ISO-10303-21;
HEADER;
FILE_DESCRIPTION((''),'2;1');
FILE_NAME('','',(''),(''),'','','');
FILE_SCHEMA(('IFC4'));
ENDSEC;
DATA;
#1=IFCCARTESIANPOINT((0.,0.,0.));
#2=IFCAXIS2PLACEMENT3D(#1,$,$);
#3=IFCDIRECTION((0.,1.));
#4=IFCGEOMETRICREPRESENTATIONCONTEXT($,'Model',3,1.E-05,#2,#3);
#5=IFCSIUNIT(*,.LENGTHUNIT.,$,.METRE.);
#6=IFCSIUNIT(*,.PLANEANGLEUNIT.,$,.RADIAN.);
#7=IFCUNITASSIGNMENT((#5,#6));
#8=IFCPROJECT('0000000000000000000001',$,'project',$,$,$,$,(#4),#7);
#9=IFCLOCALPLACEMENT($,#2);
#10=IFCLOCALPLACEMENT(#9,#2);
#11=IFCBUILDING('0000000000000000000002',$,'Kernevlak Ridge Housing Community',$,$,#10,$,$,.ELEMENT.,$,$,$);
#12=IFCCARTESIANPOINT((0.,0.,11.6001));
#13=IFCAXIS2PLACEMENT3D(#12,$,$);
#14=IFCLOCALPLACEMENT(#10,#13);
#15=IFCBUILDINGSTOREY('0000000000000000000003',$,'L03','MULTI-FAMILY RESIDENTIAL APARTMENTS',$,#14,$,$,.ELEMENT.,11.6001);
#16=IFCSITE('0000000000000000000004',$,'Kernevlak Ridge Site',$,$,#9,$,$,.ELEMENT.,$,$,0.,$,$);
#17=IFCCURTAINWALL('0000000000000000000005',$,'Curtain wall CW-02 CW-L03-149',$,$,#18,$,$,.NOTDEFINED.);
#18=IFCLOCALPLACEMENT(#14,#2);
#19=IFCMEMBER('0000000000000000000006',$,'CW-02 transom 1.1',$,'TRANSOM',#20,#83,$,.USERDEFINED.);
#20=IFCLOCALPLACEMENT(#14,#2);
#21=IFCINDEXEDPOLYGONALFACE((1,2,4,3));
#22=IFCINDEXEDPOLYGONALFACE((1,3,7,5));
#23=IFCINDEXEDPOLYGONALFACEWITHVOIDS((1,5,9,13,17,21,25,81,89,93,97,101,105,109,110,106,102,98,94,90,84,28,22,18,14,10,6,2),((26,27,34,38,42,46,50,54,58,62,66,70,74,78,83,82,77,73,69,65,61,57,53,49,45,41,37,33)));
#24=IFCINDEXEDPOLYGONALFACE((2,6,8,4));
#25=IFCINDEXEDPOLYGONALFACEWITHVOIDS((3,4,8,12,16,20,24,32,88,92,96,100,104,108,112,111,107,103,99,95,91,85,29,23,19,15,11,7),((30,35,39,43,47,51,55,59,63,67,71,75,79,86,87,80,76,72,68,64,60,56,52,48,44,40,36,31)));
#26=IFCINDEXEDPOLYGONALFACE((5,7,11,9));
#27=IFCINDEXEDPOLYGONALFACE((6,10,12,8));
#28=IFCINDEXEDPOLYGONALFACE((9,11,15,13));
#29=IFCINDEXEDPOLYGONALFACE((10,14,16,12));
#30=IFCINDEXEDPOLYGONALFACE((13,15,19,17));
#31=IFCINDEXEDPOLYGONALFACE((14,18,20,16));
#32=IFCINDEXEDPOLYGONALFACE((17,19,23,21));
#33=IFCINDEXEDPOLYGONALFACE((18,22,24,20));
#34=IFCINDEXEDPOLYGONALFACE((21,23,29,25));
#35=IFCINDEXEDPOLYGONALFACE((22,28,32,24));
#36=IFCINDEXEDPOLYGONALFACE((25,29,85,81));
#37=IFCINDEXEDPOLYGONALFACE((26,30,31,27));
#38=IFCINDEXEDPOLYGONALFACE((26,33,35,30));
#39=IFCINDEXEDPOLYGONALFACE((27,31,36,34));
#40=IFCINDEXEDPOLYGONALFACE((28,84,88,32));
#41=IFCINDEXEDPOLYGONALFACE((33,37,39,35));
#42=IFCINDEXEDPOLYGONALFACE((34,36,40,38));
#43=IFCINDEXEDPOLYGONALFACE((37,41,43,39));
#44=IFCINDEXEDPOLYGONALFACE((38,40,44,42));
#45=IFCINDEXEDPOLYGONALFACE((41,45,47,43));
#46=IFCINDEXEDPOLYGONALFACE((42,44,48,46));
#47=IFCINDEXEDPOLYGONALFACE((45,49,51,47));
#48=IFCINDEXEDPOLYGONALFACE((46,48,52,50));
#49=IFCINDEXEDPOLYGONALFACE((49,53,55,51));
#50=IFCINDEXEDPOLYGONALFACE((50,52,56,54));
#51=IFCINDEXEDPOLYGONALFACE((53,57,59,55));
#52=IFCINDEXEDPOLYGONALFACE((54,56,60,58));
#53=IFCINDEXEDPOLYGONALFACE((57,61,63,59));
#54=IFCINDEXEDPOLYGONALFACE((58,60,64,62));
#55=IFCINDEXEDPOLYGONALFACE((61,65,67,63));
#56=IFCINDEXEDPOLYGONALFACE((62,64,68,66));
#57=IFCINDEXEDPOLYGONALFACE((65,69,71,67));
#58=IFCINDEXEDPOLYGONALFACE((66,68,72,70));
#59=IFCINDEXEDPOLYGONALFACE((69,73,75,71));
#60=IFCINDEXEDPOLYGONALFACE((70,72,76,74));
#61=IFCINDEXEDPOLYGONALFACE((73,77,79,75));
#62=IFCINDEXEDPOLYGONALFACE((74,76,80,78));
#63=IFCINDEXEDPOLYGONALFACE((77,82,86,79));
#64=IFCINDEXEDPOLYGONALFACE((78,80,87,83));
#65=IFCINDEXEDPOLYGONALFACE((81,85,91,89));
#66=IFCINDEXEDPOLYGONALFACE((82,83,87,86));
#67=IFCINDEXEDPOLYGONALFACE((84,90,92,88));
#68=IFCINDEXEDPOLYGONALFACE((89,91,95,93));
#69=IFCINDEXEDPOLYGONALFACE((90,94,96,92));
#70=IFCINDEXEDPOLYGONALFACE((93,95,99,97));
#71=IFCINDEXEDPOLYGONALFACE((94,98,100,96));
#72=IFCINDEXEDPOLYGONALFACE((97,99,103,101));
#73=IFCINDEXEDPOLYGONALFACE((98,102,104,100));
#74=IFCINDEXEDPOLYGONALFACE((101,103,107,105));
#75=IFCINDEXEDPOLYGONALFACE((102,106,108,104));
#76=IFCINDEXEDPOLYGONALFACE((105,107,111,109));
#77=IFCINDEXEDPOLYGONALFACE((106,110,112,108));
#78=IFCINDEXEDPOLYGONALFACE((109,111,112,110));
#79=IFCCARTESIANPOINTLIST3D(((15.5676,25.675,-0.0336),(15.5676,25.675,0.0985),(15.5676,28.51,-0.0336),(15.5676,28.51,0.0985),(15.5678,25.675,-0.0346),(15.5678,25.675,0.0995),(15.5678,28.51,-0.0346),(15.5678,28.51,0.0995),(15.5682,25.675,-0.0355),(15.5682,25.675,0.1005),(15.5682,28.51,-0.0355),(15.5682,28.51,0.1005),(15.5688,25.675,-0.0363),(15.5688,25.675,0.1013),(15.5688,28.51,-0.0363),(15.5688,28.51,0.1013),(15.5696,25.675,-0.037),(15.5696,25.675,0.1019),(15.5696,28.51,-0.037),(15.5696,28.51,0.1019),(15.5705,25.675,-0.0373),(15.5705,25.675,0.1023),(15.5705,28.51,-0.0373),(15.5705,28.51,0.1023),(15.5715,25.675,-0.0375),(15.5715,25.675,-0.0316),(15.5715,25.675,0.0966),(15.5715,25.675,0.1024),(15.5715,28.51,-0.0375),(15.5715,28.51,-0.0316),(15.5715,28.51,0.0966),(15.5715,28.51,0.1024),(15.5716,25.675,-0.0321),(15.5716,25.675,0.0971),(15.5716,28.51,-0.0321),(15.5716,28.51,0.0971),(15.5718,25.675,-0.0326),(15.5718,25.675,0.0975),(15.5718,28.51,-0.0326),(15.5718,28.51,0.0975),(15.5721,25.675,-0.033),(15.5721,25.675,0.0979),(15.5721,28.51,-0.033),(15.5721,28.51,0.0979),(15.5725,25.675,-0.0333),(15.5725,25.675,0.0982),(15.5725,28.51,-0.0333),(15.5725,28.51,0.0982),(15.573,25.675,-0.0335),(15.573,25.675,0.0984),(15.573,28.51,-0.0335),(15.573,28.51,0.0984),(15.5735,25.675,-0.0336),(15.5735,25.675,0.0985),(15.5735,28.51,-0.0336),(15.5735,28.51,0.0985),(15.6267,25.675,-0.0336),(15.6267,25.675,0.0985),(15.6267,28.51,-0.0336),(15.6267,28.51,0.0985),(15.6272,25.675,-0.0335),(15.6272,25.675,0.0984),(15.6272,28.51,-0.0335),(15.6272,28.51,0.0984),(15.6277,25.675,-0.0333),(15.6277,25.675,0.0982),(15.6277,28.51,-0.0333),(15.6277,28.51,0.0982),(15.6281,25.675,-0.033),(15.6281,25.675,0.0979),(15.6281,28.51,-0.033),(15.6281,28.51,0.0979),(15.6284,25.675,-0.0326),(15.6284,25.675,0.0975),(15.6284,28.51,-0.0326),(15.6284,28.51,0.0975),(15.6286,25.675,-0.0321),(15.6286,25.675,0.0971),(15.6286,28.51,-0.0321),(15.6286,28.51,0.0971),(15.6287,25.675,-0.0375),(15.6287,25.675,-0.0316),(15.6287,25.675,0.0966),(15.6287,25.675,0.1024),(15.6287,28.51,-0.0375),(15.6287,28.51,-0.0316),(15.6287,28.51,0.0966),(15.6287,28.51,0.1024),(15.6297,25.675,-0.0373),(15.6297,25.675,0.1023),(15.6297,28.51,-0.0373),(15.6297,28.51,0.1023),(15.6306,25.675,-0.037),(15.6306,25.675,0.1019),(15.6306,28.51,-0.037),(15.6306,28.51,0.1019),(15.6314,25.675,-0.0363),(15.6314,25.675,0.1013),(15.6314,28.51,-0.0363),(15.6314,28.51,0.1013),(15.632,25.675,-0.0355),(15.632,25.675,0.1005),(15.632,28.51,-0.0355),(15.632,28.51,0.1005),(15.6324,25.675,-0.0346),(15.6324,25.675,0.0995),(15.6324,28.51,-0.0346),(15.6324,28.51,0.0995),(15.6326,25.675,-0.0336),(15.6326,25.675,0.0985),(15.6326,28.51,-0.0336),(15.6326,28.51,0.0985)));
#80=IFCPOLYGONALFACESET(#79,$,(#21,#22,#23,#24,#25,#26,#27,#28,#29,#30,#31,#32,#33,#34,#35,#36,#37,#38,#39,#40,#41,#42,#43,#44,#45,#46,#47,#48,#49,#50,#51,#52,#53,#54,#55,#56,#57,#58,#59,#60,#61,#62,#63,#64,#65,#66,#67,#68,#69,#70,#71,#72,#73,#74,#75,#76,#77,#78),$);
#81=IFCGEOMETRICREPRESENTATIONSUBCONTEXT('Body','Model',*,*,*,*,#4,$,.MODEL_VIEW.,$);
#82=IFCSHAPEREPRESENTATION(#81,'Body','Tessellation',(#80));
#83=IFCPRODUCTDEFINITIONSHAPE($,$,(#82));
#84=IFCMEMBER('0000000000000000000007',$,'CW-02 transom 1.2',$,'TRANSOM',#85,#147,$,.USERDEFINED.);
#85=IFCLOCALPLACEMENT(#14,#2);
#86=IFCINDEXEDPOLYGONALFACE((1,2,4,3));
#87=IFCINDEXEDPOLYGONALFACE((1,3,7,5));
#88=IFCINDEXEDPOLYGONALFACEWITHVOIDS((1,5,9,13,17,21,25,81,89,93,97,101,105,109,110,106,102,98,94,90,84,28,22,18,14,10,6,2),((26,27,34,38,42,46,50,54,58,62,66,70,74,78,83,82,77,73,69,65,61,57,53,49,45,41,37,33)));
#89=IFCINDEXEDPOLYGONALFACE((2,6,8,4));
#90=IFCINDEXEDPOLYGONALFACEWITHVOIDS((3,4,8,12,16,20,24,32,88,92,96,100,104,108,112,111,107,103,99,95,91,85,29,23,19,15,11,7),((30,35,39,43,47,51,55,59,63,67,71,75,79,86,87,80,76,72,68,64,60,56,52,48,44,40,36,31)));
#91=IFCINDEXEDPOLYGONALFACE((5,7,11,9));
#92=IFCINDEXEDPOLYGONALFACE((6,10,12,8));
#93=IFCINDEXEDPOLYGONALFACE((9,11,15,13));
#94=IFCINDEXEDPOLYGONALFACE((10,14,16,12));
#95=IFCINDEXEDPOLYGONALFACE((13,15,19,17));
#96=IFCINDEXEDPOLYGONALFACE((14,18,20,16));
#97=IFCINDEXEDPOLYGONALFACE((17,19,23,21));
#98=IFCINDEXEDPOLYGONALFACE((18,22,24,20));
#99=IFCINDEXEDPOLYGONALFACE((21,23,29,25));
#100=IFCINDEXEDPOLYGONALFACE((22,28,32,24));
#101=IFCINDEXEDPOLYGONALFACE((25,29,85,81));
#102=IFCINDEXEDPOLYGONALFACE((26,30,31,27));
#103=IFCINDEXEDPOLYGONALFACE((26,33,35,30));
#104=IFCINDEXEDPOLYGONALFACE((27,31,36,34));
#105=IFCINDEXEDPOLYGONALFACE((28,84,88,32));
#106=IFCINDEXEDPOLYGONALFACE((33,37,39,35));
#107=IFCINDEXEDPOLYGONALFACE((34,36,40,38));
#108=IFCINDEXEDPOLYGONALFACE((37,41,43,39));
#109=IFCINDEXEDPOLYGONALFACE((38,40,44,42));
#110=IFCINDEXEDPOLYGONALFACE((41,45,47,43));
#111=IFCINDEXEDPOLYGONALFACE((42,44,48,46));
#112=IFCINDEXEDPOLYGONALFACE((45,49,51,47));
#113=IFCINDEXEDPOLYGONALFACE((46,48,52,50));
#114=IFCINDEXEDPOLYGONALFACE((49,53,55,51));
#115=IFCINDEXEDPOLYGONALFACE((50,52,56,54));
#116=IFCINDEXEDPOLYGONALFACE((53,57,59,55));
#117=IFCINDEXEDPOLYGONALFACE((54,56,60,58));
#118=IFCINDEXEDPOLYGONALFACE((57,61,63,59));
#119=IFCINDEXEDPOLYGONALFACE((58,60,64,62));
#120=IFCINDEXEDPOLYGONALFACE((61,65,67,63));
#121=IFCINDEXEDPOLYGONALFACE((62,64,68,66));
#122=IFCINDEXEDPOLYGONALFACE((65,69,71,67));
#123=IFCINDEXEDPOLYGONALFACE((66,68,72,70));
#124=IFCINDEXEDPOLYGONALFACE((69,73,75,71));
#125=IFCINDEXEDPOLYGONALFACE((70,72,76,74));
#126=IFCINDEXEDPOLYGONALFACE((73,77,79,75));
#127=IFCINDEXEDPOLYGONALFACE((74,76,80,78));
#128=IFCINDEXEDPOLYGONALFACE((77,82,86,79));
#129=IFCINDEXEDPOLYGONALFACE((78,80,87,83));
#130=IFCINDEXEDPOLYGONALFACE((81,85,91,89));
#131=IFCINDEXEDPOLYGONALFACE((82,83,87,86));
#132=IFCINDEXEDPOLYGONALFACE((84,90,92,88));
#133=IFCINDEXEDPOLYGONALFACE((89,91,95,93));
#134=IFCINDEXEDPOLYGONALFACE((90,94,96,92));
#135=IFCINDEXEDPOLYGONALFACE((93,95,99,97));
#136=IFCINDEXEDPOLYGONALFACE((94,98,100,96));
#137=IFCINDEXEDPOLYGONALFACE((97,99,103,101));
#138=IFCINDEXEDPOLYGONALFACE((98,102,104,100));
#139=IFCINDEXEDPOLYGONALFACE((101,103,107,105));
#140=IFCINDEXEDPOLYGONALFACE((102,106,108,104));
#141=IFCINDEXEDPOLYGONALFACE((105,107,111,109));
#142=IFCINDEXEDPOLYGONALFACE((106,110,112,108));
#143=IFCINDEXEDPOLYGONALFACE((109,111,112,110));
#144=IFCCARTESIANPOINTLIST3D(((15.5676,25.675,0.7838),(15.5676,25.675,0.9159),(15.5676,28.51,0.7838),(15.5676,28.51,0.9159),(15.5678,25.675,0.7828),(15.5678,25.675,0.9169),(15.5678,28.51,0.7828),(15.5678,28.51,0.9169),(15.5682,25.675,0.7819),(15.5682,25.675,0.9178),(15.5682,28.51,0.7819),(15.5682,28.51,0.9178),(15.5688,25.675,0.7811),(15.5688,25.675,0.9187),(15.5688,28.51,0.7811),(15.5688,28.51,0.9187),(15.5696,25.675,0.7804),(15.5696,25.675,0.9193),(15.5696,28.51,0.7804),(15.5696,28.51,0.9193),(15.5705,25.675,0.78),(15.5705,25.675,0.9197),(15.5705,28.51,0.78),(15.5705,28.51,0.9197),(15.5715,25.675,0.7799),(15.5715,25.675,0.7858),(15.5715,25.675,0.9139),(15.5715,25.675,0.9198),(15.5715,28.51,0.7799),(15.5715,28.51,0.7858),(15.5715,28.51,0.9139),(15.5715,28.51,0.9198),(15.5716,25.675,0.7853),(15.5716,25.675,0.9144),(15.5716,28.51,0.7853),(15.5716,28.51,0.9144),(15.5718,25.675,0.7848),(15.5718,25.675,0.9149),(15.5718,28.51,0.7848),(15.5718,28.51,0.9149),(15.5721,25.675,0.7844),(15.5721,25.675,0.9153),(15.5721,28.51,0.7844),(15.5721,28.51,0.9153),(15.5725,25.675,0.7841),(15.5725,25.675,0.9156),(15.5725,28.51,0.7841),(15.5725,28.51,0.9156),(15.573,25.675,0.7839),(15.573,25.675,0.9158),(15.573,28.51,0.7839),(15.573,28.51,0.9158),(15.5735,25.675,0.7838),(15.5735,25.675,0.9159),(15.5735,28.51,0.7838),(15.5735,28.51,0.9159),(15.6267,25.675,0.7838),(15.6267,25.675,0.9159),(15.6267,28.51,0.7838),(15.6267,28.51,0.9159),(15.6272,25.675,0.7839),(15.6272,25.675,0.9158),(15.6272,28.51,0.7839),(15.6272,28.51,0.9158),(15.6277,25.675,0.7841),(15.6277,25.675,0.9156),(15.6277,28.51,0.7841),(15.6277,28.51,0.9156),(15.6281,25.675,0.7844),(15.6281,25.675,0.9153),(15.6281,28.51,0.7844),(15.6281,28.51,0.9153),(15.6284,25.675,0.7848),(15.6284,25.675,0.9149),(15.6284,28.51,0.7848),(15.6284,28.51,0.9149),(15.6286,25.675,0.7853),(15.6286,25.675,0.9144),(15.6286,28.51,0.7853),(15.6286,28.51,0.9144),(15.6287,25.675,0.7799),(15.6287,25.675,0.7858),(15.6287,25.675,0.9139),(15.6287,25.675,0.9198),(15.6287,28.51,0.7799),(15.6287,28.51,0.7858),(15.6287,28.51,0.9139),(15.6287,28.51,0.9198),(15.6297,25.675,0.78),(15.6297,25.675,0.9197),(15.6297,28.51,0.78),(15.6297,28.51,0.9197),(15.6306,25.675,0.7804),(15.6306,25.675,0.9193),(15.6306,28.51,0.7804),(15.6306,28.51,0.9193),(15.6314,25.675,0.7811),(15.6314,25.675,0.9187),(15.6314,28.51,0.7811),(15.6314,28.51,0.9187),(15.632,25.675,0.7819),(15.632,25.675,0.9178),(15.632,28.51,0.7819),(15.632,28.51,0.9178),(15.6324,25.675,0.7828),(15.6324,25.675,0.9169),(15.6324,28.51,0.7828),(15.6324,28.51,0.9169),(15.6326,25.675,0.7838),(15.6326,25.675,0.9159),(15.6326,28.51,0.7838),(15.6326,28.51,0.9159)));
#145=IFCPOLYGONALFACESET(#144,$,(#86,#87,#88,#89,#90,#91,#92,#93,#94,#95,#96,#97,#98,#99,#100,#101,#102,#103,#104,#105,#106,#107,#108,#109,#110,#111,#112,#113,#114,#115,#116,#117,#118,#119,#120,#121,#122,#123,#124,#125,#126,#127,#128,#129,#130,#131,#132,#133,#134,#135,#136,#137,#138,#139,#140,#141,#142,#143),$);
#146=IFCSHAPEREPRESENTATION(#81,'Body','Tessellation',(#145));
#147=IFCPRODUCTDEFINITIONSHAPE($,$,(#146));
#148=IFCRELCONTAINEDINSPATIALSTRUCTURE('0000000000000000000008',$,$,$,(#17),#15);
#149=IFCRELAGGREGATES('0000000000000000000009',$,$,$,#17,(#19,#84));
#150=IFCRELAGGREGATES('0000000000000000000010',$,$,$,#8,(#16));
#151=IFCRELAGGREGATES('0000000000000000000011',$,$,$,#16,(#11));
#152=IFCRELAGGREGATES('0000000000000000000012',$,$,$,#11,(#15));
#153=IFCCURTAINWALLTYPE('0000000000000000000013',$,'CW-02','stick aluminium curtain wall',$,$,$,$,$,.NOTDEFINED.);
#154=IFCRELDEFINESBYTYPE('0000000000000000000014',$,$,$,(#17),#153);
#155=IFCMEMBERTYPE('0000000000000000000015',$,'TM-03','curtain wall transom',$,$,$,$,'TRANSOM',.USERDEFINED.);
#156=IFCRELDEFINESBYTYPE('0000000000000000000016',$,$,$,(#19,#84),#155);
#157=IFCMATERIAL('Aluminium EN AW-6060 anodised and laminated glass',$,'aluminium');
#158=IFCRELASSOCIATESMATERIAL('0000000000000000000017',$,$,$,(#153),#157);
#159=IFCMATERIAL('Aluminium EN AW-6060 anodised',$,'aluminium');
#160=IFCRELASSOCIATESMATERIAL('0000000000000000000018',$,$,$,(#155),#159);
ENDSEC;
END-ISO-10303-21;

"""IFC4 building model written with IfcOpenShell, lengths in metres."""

from ifc_helpers import new_model, si_unit, direction, frame, origin, origin_2d, place, context, subcontext, project, spatial, hollow_rectangle, extrude, material, material_profile, profile_set, type_object, element, aggregate, save


model = new_model("IFC4")

# Units and contexts
model_context = context("Model", 3, precision=1e-05, world=origin(), true_north=direction((0.0, 1.0)))
body_context = subcontext(model_context, "Body", "Model", "MODEL_VIEW")
ifc_project = project(units=[si_unit("LENGTHUNIT", "METRE"), si_unit("PLANEANGLEUNIT", "RADIAN")], contexts=[model_context])

# Site, building, storey
site_placement = place(None, origin())
site = spatial("IfcSite", under=ifc_project, at=site_placement, Name="Kernevlak Ridge Site", CompositionType="ELEMENT", RefElevation=0.0)
building_placement = place(site_placement, origin())
building = spatial("IfcBuilding", under=site, at=building_placement, Name="Kernevlak Ridge Housing Community", CompositionType="ELEMENT")
storey_placement = place(building_placement, frame((0.0, 0.0, 11.6001)))
storey = spatial("IfcBuildingStorey", under=building, at=storey_placement, Name="L03", Description="MULTI-FAMILY RESIDENTIAL APARTMENTS", CompositionType="ELEMENT", Elevation=11.6001)

# Shared definitions
ifc_material_1 = material(Name="Aluminium EN AW-6060 anodised and laminated glass", Category="aluminium")
ifc_material_2 = material(Name="Aluminium EN AW-6060 anodised", Category="aluminium")

# Curtain wall
curtain_wall_type_1 = type_object("IfcCurtainWallType", Name="CW-02", Description="stick aluminium curtain wall", PredefinedType="NOTDEFINED", material=ifc_material_1)
curtain_wall_1_placement = place(storey_placement, origin())
curtain_wall_1 = element("IfcCurtainWall", 1, at=curtain_wall_1_placement, inside=storey, type_object=curtain_wall_type_1, Name="Curtain wall CW-02 CW-L03-149", PredefinedType="NOTDEFINED")

# Members
ifc_material_profile_1 = material_profile(ifc_material_2, hollow_rectangle(XDim=0.0649, YDim=0.1399, WallThickness=0.0039, InnerFilletRadius=0.002, OuterFilletRadius=0.0039, at=origin_2d()), Name="ALU 65x140x4")
ifc_profile_set_1 = profile_set([ifc_material_profile_1], Name="Aluminium EN AW-6060 anodised")
member_type_1 = type_object("IfcMemberType", Name="TM-03", Description="curtain wall transom", ElementType="TRANSOM", PredefinedType="USERDEFINED", material=ifc_profile_set_1)
member_1_placement = place(storey_placement, frame((15.6001, 25.675, 0.0325), z_axis=(0.0, 1.0, 0.0), x_axis=(-1.0, 0.0, 0.0)))
member_1 = element("IfcMember", 2, at=member_1_placement, type_object=member_type_1, Name="CW-02 transom 1.1", ObjectType="TRANSOM", PredefinedType="USERDEFINED", context=body_context, shape_type="SweptSolid", body=[
    extrude(hollow_rectangle(XDim=0.0649, YDim=0.1399, WallThickness=0.0039, InnerFilletRadius=0.002, OuterFilletRadius=0.0039, at=origin_2d()), origin(), (0.0, 0.0, 1.0), 2.835),
])
member_2_placement = place(storey_placement, frame((15.6001, 25.675, 0.8499), z_axis=(0.0, 1.0, 0.0), x_axis=(-1.0, 0.0, 0.0)))
member_2 = element("IfcMember", 3, at=member_2_placement, type_object=member_type_1, Name="CW-02 transom 1.2", ObjectType="TRANSOM", PredefinedType="USERDEFINED", context=body_context, shape_type="SweptSolid", body=[
    extrude(hollow_rectangle(XDim=0.0649, YDim=0.1399, WallThickness=0.0039, InnerFilletRadius=0.002, OuterFilletRadius=0.0039, at=origin_2d()), origin(), (0.0, 0.0, 1.0), 2.835),
])

aggregate(curtain_wall_1, [member_1, member_2])

save(model, "model.ifc")
